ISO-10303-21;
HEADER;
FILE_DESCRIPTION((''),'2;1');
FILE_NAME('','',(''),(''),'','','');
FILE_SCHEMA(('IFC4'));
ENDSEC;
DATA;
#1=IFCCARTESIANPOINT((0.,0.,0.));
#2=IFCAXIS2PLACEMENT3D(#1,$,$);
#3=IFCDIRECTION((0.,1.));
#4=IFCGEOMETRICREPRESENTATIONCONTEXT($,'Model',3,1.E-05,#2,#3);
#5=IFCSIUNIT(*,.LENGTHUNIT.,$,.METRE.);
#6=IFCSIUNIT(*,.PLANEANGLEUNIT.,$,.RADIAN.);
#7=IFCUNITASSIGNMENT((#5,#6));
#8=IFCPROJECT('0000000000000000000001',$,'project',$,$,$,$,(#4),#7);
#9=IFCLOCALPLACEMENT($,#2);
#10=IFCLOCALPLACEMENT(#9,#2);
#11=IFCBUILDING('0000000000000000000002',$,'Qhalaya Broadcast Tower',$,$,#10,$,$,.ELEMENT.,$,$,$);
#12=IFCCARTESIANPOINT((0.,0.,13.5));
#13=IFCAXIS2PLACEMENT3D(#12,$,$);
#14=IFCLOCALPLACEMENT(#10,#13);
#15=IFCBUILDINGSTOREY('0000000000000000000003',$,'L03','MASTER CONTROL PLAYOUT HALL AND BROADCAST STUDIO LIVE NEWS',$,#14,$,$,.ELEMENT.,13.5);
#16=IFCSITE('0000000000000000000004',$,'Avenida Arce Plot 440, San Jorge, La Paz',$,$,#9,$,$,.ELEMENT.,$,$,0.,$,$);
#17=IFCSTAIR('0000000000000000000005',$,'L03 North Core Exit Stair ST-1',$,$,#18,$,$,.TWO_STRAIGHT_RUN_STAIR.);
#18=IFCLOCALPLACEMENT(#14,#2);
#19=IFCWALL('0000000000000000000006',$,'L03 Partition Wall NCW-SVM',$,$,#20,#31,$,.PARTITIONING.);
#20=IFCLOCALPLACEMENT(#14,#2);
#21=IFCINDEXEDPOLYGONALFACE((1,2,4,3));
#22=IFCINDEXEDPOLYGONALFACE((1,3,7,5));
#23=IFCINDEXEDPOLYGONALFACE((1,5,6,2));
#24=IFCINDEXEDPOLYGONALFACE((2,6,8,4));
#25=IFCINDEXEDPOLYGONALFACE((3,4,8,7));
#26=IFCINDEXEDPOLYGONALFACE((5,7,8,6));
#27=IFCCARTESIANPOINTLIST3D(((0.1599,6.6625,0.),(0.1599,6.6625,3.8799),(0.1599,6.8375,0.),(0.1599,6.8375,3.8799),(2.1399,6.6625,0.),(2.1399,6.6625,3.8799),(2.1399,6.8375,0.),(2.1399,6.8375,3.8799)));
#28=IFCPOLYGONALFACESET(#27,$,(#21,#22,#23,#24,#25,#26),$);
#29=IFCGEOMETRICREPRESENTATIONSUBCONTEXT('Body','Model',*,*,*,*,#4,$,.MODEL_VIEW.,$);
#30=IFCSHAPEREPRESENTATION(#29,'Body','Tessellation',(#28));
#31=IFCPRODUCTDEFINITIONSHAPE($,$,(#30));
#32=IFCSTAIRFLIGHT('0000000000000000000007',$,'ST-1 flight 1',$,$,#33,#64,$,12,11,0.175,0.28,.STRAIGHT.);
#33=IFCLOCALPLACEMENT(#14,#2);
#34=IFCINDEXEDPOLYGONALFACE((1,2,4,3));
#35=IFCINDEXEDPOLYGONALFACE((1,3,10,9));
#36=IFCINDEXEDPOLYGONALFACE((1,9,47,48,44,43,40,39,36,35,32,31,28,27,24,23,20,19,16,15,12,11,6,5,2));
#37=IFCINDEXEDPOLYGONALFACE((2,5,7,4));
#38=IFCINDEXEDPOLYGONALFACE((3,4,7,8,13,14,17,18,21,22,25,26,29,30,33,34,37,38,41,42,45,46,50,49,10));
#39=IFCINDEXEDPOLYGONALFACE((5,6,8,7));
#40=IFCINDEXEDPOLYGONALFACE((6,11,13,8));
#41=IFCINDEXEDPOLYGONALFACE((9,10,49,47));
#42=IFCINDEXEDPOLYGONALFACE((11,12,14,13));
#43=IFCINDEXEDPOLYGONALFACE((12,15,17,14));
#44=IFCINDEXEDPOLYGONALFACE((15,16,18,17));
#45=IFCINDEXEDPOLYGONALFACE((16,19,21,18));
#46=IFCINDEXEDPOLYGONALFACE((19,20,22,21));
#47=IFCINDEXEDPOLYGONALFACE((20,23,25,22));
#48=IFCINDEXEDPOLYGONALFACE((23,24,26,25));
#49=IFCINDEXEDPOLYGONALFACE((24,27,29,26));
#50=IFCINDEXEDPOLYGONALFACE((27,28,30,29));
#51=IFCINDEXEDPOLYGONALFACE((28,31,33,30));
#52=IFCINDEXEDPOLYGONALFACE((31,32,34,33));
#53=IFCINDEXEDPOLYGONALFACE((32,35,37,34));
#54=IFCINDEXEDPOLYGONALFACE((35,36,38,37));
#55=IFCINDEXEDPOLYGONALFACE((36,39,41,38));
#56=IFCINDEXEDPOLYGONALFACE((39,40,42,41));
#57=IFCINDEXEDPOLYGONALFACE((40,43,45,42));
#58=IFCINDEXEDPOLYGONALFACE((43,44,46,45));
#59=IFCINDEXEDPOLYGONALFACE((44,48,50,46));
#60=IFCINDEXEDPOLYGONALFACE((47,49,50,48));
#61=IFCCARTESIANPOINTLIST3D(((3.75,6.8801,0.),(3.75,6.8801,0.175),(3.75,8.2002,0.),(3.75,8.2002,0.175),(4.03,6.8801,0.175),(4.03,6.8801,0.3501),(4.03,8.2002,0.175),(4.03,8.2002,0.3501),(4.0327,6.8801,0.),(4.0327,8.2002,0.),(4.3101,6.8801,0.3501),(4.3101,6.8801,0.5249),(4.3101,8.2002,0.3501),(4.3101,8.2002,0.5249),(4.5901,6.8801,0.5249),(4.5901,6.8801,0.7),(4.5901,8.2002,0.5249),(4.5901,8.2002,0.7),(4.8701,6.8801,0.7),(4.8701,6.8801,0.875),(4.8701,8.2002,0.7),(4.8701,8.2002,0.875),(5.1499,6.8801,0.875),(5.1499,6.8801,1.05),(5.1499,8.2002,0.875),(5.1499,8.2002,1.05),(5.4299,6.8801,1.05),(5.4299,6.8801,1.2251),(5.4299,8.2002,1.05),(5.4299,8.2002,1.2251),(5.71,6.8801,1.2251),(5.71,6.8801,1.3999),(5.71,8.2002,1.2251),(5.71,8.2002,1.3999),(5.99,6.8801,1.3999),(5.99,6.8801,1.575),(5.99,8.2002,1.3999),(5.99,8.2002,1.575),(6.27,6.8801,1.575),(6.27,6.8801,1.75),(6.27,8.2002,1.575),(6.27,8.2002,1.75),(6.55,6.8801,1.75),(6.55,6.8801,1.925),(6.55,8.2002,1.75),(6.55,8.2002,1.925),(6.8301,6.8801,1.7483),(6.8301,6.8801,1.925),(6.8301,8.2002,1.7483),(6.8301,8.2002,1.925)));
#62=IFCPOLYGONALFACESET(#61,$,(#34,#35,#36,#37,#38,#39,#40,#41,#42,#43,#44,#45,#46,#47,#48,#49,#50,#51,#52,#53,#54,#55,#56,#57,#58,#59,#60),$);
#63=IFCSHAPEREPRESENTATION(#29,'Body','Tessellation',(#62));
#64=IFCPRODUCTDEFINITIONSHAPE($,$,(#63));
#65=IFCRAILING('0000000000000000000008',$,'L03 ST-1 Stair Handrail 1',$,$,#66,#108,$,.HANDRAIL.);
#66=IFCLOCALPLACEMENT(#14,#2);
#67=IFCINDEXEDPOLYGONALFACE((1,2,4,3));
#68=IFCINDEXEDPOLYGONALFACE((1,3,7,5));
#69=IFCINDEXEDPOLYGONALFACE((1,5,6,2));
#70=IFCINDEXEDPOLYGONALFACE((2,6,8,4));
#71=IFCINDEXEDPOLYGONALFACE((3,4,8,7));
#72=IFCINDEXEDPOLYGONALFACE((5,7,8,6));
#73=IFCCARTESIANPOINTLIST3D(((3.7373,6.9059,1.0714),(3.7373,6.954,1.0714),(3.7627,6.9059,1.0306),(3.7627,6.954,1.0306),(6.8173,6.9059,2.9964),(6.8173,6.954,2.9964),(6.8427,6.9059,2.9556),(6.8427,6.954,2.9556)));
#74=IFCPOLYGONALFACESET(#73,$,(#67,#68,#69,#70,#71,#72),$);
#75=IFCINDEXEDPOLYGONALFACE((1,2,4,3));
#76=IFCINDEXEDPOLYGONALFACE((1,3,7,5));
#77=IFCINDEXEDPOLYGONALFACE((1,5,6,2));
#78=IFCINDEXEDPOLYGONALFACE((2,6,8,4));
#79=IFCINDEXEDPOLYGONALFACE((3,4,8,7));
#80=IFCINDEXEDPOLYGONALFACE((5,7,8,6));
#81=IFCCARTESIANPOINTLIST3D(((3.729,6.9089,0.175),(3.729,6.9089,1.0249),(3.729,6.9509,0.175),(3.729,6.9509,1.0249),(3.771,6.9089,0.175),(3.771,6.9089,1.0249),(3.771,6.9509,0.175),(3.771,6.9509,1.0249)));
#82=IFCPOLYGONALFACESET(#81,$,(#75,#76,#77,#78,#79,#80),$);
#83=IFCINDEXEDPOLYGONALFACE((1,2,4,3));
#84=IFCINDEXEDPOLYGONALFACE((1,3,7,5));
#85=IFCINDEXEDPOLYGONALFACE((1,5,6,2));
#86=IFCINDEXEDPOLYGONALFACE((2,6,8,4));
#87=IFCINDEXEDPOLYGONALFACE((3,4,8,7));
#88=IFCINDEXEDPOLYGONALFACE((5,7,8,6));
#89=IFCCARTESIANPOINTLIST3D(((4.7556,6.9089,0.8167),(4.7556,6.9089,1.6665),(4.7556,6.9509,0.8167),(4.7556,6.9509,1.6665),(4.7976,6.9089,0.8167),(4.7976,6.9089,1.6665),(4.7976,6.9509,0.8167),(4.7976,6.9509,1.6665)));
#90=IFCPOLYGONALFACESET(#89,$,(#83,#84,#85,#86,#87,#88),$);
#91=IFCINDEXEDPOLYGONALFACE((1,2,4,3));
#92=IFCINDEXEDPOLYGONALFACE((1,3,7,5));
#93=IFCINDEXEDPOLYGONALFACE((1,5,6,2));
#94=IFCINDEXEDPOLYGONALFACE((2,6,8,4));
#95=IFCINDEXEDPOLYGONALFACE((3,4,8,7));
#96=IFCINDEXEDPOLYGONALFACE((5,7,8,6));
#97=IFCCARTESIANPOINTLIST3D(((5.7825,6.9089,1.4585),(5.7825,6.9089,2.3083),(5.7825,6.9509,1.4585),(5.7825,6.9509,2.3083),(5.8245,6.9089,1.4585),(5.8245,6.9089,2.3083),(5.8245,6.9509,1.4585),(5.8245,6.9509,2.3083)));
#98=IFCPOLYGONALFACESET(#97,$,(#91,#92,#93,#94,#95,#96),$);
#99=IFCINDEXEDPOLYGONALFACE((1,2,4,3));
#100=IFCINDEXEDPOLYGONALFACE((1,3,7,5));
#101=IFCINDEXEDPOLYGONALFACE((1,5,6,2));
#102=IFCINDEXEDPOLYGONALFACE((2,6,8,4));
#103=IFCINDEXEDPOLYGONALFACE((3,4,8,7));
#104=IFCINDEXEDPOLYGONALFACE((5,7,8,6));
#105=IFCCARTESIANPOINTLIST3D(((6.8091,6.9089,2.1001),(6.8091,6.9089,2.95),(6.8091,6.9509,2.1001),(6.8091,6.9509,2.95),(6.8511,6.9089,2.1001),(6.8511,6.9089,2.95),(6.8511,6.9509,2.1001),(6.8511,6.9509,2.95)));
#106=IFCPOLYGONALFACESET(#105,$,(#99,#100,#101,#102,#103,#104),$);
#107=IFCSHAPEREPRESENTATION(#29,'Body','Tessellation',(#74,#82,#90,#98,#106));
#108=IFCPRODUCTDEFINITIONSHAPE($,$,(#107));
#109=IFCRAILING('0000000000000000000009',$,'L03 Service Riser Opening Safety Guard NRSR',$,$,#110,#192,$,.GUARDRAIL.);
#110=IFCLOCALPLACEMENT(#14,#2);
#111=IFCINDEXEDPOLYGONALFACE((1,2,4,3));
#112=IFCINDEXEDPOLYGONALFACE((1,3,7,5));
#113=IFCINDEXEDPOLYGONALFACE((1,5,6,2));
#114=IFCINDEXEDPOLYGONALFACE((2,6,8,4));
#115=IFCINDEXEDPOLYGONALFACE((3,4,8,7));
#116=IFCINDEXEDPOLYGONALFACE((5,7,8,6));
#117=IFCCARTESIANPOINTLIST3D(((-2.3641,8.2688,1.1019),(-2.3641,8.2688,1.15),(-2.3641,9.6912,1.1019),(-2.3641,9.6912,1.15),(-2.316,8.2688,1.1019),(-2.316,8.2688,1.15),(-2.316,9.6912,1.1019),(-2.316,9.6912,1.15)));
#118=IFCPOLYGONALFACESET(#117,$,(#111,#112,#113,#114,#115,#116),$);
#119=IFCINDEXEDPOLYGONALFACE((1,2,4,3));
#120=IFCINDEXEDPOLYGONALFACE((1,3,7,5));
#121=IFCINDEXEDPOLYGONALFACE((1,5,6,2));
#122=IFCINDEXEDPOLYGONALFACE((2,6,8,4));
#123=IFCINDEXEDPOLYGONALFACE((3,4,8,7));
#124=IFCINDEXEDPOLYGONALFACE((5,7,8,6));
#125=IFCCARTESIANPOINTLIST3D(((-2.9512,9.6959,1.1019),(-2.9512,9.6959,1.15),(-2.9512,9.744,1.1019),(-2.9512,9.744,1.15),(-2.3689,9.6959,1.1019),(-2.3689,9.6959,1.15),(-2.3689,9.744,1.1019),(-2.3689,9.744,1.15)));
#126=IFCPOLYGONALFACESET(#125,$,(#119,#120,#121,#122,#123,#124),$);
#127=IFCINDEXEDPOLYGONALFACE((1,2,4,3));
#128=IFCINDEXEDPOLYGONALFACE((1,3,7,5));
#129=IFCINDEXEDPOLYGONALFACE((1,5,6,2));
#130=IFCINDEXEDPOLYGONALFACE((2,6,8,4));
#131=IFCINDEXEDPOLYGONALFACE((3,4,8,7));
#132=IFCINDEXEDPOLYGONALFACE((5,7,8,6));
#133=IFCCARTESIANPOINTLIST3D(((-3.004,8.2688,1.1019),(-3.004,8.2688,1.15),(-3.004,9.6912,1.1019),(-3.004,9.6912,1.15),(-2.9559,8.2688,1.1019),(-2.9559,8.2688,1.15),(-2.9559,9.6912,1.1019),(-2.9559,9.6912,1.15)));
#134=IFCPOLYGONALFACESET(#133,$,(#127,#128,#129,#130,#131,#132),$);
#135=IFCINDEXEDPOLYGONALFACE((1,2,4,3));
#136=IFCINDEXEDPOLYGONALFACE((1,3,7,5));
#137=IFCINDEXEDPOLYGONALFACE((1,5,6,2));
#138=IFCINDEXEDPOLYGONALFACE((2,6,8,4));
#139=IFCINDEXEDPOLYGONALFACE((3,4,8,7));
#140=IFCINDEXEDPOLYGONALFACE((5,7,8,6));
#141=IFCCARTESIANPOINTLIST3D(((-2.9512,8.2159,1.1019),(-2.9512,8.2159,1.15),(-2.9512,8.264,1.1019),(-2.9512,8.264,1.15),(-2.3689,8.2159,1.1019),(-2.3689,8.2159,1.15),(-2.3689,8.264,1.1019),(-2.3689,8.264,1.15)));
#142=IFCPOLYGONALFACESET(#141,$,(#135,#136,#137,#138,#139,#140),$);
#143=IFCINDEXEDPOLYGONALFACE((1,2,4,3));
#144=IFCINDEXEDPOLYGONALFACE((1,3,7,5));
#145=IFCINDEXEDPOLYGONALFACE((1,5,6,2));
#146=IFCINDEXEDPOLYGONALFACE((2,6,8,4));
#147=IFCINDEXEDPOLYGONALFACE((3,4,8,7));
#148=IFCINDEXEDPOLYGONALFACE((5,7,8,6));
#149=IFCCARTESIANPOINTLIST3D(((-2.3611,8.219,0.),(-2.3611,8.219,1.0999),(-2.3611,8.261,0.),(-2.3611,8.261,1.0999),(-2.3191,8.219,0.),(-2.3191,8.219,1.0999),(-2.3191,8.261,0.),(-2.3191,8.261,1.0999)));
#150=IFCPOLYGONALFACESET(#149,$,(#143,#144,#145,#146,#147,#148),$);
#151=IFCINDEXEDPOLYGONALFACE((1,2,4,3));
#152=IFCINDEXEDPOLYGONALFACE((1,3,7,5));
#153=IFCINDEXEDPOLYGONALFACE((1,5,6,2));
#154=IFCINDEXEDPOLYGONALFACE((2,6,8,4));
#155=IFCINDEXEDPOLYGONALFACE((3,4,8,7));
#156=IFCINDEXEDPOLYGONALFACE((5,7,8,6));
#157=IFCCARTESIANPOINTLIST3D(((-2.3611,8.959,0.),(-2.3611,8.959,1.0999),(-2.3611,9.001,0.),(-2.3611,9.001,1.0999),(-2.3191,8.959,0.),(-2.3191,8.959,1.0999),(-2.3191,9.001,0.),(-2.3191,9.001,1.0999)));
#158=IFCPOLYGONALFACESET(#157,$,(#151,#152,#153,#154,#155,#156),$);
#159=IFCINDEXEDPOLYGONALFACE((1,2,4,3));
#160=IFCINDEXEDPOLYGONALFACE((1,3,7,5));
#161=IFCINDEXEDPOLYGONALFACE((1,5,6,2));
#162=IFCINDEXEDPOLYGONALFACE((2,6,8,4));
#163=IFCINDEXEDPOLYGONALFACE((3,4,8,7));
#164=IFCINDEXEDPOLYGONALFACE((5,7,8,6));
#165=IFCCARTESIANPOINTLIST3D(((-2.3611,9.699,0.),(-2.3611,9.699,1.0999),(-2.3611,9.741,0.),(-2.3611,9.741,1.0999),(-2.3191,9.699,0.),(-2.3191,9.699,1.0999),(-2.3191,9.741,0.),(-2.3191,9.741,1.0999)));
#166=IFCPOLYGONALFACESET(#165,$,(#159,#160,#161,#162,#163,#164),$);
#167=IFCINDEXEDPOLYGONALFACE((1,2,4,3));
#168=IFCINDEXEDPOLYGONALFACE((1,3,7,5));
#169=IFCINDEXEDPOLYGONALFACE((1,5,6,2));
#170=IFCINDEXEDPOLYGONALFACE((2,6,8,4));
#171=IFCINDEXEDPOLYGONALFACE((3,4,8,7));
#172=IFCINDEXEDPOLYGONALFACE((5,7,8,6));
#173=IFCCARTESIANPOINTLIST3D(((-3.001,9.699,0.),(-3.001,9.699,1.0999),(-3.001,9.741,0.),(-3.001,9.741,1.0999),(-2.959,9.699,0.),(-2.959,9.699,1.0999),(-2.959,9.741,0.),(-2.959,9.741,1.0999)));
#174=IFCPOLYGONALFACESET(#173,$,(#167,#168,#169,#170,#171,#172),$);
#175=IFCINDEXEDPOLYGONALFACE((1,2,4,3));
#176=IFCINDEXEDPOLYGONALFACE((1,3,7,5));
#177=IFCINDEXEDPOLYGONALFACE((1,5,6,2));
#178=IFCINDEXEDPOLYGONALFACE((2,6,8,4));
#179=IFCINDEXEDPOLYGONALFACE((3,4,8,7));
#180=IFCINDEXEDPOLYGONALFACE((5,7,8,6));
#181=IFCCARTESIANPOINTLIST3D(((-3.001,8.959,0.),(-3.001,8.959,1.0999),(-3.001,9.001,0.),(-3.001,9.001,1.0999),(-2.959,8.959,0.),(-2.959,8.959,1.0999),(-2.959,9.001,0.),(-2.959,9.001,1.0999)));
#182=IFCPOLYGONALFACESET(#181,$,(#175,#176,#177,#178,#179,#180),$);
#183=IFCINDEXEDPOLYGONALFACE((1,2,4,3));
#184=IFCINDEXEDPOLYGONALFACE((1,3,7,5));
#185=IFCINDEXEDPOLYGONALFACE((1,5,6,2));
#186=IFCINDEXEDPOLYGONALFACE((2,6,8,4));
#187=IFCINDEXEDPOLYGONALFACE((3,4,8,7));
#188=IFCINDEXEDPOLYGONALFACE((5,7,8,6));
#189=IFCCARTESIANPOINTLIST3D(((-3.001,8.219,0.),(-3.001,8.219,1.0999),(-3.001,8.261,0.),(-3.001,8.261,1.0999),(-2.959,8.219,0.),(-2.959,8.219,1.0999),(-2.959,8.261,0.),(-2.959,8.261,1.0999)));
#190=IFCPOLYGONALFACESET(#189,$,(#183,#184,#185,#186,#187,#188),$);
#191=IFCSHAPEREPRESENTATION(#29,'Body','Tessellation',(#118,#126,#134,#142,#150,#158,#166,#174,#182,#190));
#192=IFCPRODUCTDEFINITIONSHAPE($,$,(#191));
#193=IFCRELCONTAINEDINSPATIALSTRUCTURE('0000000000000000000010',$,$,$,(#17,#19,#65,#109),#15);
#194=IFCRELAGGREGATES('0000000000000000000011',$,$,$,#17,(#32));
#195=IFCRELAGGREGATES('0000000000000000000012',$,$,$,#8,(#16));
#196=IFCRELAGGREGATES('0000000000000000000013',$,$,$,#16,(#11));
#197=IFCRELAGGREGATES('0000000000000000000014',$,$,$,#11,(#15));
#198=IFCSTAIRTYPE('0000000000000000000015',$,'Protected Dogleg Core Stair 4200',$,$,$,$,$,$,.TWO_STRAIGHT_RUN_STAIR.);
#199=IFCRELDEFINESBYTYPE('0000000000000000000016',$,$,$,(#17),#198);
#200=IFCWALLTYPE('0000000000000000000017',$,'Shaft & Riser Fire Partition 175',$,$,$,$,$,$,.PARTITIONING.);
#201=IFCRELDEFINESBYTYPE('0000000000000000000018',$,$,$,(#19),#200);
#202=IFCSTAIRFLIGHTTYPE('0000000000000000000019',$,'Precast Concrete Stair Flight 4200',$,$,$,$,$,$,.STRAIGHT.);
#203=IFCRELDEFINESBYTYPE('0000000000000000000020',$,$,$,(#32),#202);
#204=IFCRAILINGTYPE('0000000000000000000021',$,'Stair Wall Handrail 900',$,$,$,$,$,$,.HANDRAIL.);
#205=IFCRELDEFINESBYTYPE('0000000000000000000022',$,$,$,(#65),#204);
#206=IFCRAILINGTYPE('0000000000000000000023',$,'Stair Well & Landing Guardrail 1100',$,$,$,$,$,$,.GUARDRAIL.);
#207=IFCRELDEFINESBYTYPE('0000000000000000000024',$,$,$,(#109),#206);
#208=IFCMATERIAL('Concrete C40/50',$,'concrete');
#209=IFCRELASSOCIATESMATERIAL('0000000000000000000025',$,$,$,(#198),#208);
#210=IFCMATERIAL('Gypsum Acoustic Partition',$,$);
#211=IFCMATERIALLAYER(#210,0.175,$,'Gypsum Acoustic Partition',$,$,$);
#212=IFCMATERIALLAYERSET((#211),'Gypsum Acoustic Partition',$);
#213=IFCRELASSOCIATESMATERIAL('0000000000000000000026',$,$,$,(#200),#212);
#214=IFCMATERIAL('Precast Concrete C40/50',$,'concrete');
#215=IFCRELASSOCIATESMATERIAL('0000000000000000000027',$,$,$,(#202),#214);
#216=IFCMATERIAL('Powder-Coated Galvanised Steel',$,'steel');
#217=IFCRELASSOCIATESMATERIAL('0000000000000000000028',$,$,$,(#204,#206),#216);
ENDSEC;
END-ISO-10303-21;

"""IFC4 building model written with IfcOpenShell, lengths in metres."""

from ifc_helpers import new_model, si_unit, direction, frame, frame_2d, origin, origin_2d, place, context, subcontext, project, spatial, polyline, rectangle, outline, extrude, material, layer, layer_set, type_object, element, aggregate, save


model = new_model("IFC4")

# Units and contexts
model_context = context("Model", 3, precision=1e-05, world=origin(), true_north=direction((0.0, 1.0)))
body_context = subcontext(model_context, "Body", "Model", "MODEL_VIEW")
ifc_project = project(units=[si_unit("LENGTHUNIT", "METRE"), si_unit("PLANEANGLEUNIT", "RADIAN")], contexts=[model_context])

# Site, building, storey
site_placement = place(None, origin())
site = spatial("IfcSite", under=ifc_project, at=site_placement, Name="Avenida Arce Plot 440, San Jorge, La Paz", CompositionType="ELEMENT", RefElevation=0.0)
building_placement = place(site_placement, origin())
building = spatial("IfcBuilding", under=site, at=building_placement, Name="Qhalaya Broadcast Tower", CompositionType="ELEMENT")
storey_placement = place(building_placement, frame((0.0, 0.0, 13.5)))
storey = spatial("IfcBuildingStorey", under=building, at=storey_placement, Name="L03", Description="MASTER CONTROL PLAYOUT HALL AND BROADCAST STUDIO LIVE NEWS", CompositionType="ELEMENT", Elevation=13.5)

# Shared definitions
ifc_material_1 = material(Name="Concrete C40/50", Category="concrete")

# Stair
stair_type = type_object("IfcStairType", Name="Protected Dogleg Core Stair 4200", PredefinedType="TWO_STRAIGHT_RUN_STAIR", material=ifc_material_1)
stair_1_placement = place(storey_placement, origin())
stair_1 = element("IfcStair", 1, at=stair_1_placement, inside=storey, type_object=stair_type, Name="L03 North Core Exit Stair ST-1", PredefinedType="TWO_STRAIGHT_RUN_STAIR")

# Shared definitions
ifc_material_2 = material(Name="Gypsum Acoustic Partition")

# Shared definitions
ifc_layer_1 = layer(ifc_material_2, 0.175, Name="Gypsum Acoustic Partition")
ifc_layer_set_1 = layer_set([ifc_layer_1], Name="Gypsum Acoustic Partition")
wall_type_1 = type_object("IfcWallType", Name="Shaft & Riser Fire Partition 175", PredefinedType="PARTITIONING", material=ifc_layer_set_1)

# Wall
wall_1_placement = place(storey_placement, frame((0.1599, 6.75, 0.0), z_axis=(0.0, 0.0, 1.0), x_axis=(1.0, 0.0, 0.0)))
element("IfcWall", 2, at=wall_1_placement, inside=storey, type_object=wall_type_1, Name="L03 Partition Wall NCW-SVM", PredefinedType="PARTITIONING", context=body_context, shape_type="SweptSolid", body=[
    extrude(rectangle(XDim=1.98, YDim=0.175, at=frame_2d((0.99, 0.0))), origin(), (0.0, 0.0, 1.0), 3.8799),
])

# Stair flight
ifc_material_3 = material(Name="Precast Concrete C40/50", Category="concrete")
stair_flight_type = type_object("IfcStairFlightType", Name="Precast Concrete Stair Flight 4200", PredefinedType="STRAIGHT", material=ifc_material_3)
stair_flight_placement = place(storey_placement, frame((3.75, 7.54, 0.0), z_axis=(0.0, 0.0, 1.0), x_axis=(1.0, 0.0, 0.0)))
stair_flight = element("IfcStairFlight", 3, at=stair_flight_placement, type_object=stair_flight_type, Name="ST-1 flight 1", NumberOfRisers=12, NumberOfTreads=11, PredefinedType="STRAIGHT", RiserHeight=0.175, TreadLength=0.28, context=body_context, shape_type="SweptSolid", body=[
    extrude(outline(polyline([(0.0, 0.0), (0.0, 0.175), (0.28, 0.175), (0.28, 0.3501), (0.5601, 0.3501), (0.5601, 0.5249), (0.8401, 0.5249), (0.8401, 0.7), (1.1201, 0.7), (1.1201, 0.875), (1.3999, 0.875), (1.3999, 1.05), (1.6799, 1.05), (1.6799, 1.2251), (1.96, 1.2251), (1.96, 1.3999), (2.24, 1.3999), (2.24, 1.575), (2.52, 1.575), (2.52, 1.75), (2.8, 1.75), (2.8, 1.925), (3.0801, 1.925), (3.0801, 2.1001), (3.0801, 1.7483), (0.2827, 0.0), (0.0, 0.0)])), frame((0.0, 0.6602, 0.0), z_axis=(0.0, -1.0, 0.0), x_axis=(1.0, 0.0, 0.0)), (0.0, 0.0, 1.0), 1.3201),
])
aggregate(stair_1, [stair_flight])

# Railings
ifc_material_4 = material(Name="Powder-Coated Galvanised Steel", Category="steel")
railing_type_1 = type_object("IfcRailingType", Name="Stair Wall Handrail 900", PredefinedType="HANDRAIL", material=ifc_material_4)
railing_1_placement = place(storey_placement, frame((3.75, 6.9299, 0.175)))
element("IfcRailing", 4, at=railing_1_placement, inside=storey, type_object=railing_type_1, Name="L03 ST-1 Stair Handrail 1", PredefinedType="HANDRAIL", context=body_context, shape_type="SweptSolid", body=[
    extrude(rectangle(XDim=0.0481, YDim=0.0481, at=origin_2d()), frame((0.0, 0.0, 0.876), z_axis=(0.847998, 0.0, 0.529999), x_axis=(0.0, 1.0, 0.0)), (0.0, 0.0, 1.0), 3.6321),
    extrude(rectangle(XDim=0.042, YDim=0.042, at=origin_2d()), origin(), (0.0, 0.0, 1.0), 0.8499),
    extrude(rectangle(XDim=0.042, YDim=0.042, at=origin_2d()), frame((1.0266, 0.0, 0.6416)), (0.0, 0.0, 1.0), 0.8499),
    extrude(rectangle(XDim=0.042, YDim=0.042, at=origin_2d()), frame((2.0535, 0.0, 1.2834)), (0.0, 0.0, 1.0), 0.8499),
    extrude(rectangle(XDim=0.042, YDim=0.042, at=origin_2d()), frame((3.0801, 0.0, 1.925)), (0.0, 0.0, 1.0), 0.8499),
])
railing_type_2 = type_object("IfcRailingType", Name="Stair Well & Landing Guardrail 1100", PredefinedType="GUARDRAIL", material=ifc_material_4)
railing_2_placement = place(storey_placement, frame((-2.3401, 8.24, 0.0)))
element("IfcRailing", 5, at=railing_2_placement, inside=storey, type_object=railing_type_2, Name="L03 Service Riser Opening Safety Guard NRSR", PredefinedType="GUARDRAIL", context=body_context, shape_type="SweptSolid", body=[
    extrude(rectangle(XDim=0.0481, YDim=0.0481, at=origin_2d()), frame((0.0, 0.0288, 1.126), z_axis=(0.0, 1.0, 0.0), x_axis=(-1.0, 0.0, 0.0)), (0.0, 0.0, 1.0), 1.4224),
    extrude(rectangle(XDim=0.0481, YDim=0.0481, at=origin_2d()), frame((-0.0288, 1.48, 1.126), z_axis=(-1.0, 0.0, 0.0), x_axis=(0.0, -1.0, 0.0)), (0.0, 0.0, 1.0), 0.5823),
    extrude(rectangle(XDim=0.0481, YDim=0.0481, at=origin_2d()), frame((-0.6399, 1.4512, 1.126), z_axis=(0.0, -1.0, 0.0), x_axis=(1.0, 0.0, 0.0)), (0.0, 0.0, 1.0), 1.4224),
    extrude(rectangle(XDim=0.0481, YDim=0.0481, at=origin_2d()), frame((-0.6111, 0.0, 1.126), z_axis=(1.0, 0.0, 0.0), x_axis=(0.0, 1.0, 0.0)), (0.0, 0.0, 1.0), 0.5823),
    extrude(rectangle(XDim=0.042, YDim=0.042, at=origin_2d()), origin(), (0.0, 0.0, 1.0), 1.0999),
    extrude(rectangle(XDim=0.042, YDim=0.042, at=origin_2d()), frame((0.0, 0.74, 0.0)), (0.0, 0.0, 1.0), 1.0999),
    extrude(rectangle(XDim=0.042, YDim=0.042, at=origin_2d()), frame((0.0, 1.48, 0.0)), (0.0, 0.0, 1.0), 1.0999),
    extrude(rectangle(XDim=0.042, YDim=0.042, at=origin_2d()), frame((-0.6399, 1.48, 0.0)), (0.0, 0.0, 1.0), 1.0999),
    extrude(rectangle(XDim=0.042, YDim=0.042, at=origin_2d()), frame((-0.6399, 0.74, 0.0)), (0.0, 0.0, 1.0), 1.0999),
    extrude(rectangle(XDim=0.042, YDim=0.042, at=origin_2d()), frame((-0.6399, 0.0, 0.0)), (0.0, 0.0, 1.0), 1.0999),
])

save(model, "model.ifc")
